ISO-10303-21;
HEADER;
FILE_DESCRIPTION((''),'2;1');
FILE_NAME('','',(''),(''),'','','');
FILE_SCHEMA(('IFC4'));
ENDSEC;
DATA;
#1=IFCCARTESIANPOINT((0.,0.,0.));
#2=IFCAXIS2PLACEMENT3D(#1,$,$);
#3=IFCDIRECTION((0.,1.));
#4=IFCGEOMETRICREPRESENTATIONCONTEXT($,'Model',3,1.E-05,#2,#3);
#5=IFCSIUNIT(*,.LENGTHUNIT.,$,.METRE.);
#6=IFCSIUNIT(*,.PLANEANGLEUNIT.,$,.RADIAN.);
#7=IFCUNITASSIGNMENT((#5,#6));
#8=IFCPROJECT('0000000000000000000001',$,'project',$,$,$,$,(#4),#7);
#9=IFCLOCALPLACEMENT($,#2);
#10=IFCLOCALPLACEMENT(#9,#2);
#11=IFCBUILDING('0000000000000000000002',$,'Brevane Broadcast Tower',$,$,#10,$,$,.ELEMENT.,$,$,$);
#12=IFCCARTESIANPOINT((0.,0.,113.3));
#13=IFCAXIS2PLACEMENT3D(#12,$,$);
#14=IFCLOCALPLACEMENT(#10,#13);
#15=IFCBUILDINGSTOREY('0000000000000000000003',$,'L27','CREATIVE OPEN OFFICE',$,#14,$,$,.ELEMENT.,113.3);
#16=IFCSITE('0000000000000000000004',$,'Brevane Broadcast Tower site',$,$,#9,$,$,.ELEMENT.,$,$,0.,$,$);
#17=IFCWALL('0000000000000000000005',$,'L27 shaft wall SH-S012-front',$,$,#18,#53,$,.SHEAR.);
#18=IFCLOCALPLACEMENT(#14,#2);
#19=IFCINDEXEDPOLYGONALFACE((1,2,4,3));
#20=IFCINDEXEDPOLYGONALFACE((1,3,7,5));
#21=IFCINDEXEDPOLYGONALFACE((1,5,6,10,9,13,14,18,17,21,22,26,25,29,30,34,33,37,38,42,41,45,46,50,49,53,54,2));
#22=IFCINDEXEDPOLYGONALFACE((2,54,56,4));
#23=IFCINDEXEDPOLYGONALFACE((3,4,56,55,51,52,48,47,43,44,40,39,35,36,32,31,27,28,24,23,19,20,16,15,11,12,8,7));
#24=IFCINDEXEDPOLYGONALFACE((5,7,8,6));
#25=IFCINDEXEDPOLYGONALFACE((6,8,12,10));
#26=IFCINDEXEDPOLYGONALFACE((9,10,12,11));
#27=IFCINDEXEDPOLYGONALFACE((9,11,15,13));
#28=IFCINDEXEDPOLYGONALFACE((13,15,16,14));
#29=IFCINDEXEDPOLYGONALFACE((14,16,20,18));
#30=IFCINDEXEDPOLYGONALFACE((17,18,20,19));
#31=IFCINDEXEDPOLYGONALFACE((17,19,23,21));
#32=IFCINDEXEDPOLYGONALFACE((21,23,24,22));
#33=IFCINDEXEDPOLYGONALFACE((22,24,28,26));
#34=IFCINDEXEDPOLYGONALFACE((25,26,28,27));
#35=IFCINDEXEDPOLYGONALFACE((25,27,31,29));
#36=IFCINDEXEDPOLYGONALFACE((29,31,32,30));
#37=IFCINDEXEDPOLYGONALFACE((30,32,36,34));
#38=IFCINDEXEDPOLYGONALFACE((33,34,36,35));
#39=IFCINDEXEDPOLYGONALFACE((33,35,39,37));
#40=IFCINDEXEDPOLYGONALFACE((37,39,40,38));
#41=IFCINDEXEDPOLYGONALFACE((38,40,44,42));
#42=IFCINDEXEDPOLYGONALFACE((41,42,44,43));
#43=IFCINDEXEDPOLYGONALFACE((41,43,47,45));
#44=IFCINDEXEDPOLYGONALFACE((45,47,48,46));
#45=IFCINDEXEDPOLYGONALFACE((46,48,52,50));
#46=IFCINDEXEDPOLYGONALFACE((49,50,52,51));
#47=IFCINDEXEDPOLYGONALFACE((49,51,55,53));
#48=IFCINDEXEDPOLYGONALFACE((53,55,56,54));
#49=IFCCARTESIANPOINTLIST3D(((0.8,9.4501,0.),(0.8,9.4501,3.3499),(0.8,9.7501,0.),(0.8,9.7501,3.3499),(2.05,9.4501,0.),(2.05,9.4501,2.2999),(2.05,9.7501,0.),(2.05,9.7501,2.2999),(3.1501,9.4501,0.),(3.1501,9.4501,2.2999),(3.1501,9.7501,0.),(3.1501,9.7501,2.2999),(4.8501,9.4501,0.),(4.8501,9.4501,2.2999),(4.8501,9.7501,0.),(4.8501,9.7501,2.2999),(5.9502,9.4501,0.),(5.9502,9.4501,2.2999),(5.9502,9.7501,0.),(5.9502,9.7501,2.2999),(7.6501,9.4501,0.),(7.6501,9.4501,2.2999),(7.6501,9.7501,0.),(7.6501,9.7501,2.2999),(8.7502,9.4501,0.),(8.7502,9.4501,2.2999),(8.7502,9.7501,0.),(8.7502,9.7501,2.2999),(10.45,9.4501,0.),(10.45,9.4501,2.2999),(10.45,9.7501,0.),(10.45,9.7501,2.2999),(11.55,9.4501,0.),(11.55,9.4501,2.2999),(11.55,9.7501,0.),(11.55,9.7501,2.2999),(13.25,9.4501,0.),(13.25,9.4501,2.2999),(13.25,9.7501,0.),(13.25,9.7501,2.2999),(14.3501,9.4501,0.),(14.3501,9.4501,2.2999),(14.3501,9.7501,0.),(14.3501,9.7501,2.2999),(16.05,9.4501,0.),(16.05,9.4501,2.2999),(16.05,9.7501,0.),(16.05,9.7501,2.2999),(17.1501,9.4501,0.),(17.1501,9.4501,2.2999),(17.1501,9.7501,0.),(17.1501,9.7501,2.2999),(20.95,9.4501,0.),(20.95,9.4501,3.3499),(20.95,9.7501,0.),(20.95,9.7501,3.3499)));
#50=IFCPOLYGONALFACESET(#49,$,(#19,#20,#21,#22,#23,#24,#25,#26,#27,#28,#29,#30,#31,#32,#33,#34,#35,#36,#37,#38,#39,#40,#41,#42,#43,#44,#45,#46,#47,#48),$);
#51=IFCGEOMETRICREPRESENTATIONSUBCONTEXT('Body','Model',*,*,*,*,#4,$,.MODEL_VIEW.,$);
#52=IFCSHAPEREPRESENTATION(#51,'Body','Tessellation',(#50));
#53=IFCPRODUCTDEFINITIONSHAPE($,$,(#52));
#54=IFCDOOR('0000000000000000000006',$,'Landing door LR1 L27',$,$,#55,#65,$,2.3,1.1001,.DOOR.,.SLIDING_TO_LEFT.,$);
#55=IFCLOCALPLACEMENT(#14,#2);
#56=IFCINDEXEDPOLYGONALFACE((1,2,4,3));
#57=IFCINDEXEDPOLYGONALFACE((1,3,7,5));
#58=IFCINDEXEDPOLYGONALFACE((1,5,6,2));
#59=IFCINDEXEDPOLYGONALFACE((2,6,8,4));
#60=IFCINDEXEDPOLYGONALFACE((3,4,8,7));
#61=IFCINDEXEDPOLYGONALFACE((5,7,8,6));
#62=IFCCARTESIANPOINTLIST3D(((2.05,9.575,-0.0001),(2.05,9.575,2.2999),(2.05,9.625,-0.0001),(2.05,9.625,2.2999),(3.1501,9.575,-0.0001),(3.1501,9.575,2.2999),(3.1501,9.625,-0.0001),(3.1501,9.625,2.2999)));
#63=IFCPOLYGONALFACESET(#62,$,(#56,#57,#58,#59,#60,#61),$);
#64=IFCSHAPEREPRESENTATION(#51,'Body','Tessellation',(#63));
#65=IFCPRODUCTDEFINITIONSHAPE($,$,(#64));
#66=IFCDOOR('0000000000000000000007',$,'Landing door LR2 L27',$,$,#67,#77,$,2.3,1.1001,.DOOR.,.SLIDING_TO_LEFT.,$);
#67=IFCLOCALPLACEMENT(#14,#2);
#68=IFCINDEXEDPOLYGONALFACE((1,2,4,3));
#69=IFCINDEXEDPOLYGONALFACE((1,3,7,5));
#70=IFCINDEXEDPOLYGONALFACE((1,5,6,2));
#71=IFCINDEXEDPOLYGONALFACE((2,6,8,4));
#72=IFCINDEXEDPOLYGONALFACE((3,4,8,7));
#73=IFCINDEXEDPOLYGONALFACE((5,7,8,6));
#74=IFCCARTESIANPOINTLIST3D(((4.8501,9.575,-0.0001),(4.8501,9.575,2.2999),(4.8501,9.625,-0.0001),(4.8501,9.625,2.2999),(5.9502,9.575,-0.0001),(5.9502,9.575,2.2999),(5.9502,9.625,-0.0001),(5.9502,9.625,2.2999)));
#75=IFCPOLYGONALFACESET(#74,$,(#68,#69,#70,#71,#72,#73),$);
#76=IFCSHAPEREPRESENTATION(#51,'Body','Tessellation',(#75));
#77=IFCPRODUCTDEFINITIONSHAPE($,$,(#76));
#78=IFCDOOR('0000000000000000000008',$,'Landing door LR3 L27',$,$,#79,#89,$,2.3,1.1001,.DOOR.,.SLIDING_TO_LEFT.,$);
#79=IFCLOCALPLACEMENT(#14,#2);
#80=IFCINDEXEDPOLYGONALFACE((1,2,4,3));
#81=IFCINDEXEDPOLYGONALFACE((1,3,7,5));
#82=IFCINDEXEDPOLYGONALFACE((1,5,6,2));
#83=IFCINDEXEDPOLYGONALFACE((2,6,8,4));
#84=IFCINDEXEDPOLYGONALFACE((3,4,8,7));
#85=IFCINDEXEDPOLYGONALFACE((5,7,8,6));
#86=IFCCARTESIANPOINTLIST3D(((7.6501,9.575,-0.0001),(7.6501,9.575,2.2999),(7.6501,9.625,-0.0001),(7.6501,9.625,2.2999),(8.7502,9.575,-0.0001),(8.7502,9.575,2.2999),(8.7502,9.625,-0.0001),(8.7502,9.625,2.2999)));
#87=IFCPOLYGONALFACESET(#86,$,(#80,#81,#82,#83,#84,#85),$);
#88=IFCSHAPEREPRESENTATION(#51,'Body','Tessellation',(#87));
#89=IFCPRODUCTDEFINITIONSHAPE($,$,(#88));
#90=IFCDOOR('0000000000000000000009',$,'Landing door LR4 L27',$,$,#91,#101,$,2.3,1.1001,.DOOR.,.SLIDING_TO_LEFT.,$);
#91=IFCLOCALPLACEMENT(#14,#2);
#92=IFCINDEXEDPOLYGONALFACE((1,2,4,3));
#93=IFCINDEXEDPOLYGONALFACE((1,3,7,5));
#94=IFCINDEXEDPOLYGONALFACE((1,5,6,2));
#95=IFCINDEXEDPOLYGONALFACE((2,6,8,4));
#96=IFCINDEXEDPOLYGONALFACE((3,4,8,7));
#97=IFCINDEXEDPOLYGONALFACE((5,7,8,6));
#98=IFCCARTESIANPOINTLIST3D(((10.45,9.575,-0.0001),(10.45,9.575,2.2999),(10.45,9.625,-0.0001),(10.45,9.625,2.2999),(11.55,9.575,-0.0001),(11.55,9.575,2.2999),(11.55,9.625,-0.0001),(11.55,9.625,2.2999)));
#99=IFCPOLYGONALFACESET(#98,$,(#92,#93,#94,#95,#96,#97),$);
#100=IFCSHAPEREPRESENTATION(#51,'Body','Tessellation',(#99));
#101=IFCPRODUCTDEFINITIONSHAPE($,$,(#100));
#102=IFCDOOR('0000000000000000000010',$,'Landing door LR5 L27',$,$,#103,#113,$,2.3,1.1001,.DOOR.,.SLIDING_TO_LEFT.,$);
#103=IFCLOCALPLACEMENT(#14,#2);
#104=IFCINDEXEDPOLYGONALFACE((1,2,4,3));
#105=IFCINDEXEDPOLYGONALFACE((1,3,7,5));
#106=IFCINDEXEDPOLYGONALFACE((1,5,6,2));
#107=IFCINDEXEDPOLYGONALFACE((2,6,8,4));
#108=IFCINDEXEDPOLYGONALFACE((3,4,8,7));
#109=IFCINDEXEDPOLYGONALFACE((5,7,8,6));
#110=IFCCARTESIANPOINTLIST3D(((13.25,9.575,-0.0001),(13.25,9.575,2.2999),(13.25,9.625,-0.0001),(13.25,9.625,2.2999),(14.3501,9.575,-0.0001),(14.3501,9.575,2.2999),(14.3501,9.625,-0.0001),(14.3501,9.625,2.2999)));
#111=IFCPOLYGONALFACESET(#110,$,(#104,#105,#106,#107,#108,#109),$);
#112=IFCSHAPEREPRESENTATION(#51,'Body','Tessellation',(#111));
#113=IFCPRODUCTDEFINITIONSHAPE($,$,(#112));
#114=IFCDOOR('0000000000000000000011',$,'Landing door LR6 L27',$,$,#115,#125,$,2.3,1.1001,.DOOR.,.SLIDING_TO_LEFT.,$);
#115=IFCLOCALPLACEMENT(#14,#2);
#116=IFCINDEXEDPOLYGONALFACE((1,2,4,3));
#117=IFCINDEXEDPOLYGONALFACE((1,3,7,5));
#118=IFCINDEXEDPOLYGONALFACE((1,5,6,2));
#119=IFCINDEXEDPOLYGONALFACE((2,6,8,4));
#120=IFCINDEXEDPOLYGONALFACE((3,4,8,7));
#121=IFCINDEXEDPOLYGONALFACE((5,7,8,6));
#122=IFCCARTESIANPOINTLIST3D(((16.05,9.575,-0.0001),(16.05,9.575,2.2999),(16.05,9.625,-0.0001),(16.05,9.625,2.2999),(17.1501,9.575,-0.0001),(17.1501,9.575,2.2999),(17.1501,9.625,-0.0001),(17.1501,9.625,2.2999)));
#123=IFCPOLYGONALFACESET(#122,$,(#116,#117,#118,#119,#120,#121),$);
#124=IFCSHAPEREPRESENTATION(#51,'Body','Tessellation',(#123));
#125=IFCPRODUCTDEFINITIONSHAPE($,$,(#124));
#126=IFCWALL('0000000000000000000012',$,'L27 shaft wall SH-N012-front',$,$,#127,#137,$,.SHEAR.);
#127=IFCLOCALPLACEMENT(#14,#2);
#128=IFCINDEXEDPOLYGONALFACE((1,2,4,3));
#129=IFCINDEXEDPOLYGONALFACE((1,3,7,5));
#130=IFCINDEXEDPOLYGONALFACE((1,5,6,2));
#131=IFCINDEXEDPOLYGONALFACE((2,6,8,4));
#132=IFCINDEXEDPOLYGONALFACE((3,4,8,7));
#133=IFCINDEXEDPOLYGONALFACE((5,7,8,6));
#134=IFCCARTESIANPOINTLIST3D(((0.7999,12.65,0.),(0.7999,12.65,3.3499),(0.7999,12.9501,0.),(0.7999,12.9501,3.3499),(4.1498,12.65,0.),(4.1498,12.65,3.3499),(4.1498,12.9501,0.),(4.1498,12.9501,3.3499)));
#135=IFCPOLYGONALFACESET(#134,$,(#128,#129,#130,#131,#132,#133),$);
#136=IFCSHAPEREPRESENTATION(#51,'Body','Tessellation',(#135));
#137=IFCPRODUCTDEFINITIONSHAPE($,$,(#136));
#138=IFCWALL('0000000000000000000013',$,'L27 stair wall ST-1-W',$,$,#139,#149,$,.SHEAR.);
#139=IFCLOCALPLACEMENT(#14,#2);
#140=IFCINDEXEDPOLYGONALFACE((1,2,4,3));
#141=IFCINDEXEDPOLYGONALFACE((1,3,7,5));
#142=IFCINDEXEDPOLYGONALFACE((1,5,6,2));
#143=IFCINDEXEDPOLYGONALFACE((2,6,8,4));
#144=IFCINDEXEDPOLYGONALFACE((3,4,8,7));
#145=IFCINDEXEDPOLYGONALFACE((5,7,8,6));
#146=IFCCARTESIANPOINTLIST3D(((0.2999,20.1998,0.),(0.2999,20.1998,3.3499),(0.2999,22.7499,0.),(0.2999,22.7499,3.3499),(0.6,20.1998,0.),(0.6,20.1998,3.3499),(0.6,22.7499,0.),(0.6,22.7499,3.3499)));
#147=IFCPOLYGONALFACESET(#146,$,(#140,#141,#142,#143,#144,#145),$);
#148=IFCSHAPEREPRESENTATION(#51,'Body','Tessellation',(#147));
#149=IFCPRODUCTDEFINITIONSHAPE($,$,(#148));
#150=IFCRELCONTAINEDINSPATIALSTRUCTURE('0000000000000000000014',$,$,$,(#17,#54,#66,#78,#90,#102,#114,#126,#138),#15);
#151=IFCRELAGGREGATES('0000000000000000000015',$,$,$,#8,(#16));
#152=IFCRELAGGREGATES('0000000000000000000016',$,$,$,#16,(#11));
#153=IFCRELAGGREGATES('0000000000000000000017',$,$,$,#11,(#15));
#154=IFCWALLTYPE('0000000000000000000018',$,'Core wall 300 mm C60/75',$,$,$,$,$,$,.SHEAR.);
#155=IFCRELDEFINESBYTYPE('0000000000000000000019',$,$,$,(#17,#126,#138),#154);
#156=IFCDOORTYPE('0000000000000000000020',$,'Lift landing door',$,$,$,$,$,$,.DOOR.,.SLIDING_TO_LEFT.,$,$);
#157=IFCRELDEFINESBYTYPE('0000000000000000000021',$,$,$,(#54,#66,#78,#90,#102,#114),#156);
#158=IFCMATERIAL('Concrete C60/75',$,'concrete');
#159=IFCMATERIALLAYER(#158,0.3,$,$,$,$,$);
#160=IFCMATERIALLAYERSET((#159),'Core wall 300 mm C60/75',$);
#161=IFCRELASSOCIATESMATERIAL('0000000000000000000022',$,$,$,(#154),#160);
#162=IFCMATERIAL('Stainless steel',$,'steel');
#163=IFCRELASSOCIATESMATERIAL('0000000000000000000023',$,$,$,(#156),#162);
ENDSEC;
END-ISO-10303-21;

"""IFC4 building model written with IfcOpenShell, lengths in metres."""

from ifc_helpers import new_model, si_unit, direction, frame, frame_2d, origin, place, context, subcontext, project, spatial, rectangle, extrude, material, layer, layer_set, type_object, element, fill, save


model = new_model("IFC4")

# Units and contexts
model_context = context("Model", 3, precision=1e-05, world=origin(), true_north=direction((0.0, 1.0)))
body_context = subcontext(model_context, "Body", "Model", "MODEL_VIEW")
ifc_project = project(units=[si_unit("LENGTHUNIT", "METRE"), si_unit("PLANEANGLEUNIT", "RADIAN")], contexts=[model_context])

# Site, building, storey
site_placement = place(None, origin())
site = spatial("IfcSite", under=ifc_project, at=site_placement, Name="Brevane Broadcast Tower site", CompositionType="ELEMENT", RefElevation=0.0)
building_placement = place(site_placement, origin())
building = spatial("IfcBuilding", under=site, at=building_placement, Name="Brevane Broadcast Tower", CompositionType="ELEMENT")
storey_placement = place(building_placement, frame((0.0, 0.0, 113.3)))
storey = spatial("IfcBuildingStorey", under=building, at=storey_placement, Name="L27", Description="CREATIVE OPEN OFFICE", CompositionType="ELEMENT", Elevation=113.3)

# Wall, openings, doors
ifc_material_1 = material(Name="Concrete C60/75", Category="concrete")
ifc_layer_1 = layer(ifc_material_1, 0.3)
ifc_layer_set_1 = layer_set([ifc_layer_1], Name="Core wall 300 mm C60/75")
wall_type_1 = type_object("IfcWallType", Name="Core wall 300 mm C60/75", PredefinedType="SHEAR", material=ifc_layer_set_1)
wall_1_placement = place(storey_placement, frame((0.8, 9.6001, 0.0), z_axis=(0.0, 0.0, 1.0), x_axis=(1.0, 0.0, 0.0)))
wall_1 = element("IfcWall", 1, at=wall_1_placement, inside=storey, type_object=wall_type_1, Name="L27 shaft wall SH-S012-front", PredefinedType="SHEAR", context=body_context, shape_type="SweptSolid", body=[
    extrude(rectangle(XDim=20.1499, YDim=0.3, at=frame_2d((10.075, 0.0))), origin(), (0.0, 0.0, 1.0), 3.3499),
])
opening_1_placement = place(wall_1_placement, frame((1.25, 0.0, 0.0)))
opening_1 = element("IfcOpeningElement", 2, at=opening_1_placement, cuts=wall_1, PredefinedType="OPENING", context=body_context, shape_type="SweptSolid", body=[
    extrude(rectangle(XDim=1.1001, YDim=2.3, at=frame_2d((0.55, 1.1499))), frame((0.0, 0.1599, 0.0), z_axis=(0.0, -1.0, 0.0), x_axis=(1.0, 0.0, 0.0)), (0.0, 0.0, 1.0), 0.3201),
])
opening_2_placement = place(wall_1_placement, frame((4.05, 0.0, 0.0)))
opening_2 = element("IfcOpeningElement", 3, at=opening_2_placement, cuts=wall_1, PredefinedType="OPENING", context=body_context, shape_type="SweptSolid", body=[
    extrude(rectangle(XDim=1.1001, YDim=2.3, at=frame_2d((0.55, 1.1499))), frame((0.0, 0.1599, 0.0), z_axis=(0.0, -1.0, 0.0), x_axis=(1.0, 0.0, 0.0)), (0.0, 0.0, 1.0), 0.3201),
])
opening_3_placement = place(wall_1_placement, frame((6.8501, 0.0, 0.0)))
opening_3 = element("IfcOpeningElement", 4, at=opening_3_placement, cuts=wall_1, PredefinedType="OPENING", context=body_context, shape_type="SweptSolid", body=[
    extrude(rectangle(XDim=1.1001, YDim=2.3, at=frame_2d((0.55, 1.1499))), frame((0.0, 0.1599, 0.0), z_axis=(0.0, -1.0, 0.0), x_axis=(1.0, 0.0, 0.0)), (0.0, 0.0, 1.0), 0.3201),
])
opening_4_placement = place(wall_1_placement, frame((9.6499, 0.0, 0.0)))
opening_4 = element("IfcOpeningElement", 5, at=opening_4_placement, cuts=wall_1, PredefinedType="OPENING", context=body_context, shape_type="SweptSolid", body=[
    extrude(rectangle(XDim=1.1001, YDim=2.3, at=frame_2d((0.55, 1.1499))), frame((0.0, 0.1599, 0.0), z_axis=(0.0, -1.0, 0.0), x_axis=(1.0, 0.0, 0.0)), (0.0, 0.0, 1.0), 0.3201),
])
opening_5_placement = place(wall_1_placement, frame((12.45, 0.0, 0.0)))
opening_5 = element("IfcOpeningElement", 6, at=opening_5_placement, cuts=wall_1, PredefinedType="OPENING", context=body_context, shape_type="SweptSolid", body=[
    extrude(rectangle(XDim=1.1001, YDim=2.3, at=frame_2d((0.55, 1.1499))), frame((0.0, 0.1599, 0.0), z_axis=(0.0, -1.0, 0.0), x_axis=(1.0, 0.0, 0.0)), (0.0, 0.0, 1.0), 0.3201),
])
opening_6_placement = place(wall_1_placement, frame((15.25, 0.0, 0.0)))
opening_6 = element("IfcOpeningElement", 7, at=opening_6_placement, cuts=wall_1, PredefinedType="OPENING", context=body_context, shape_type="SweptSolid", body=[
    extrude(rectangle(XDim=1.1001, YDim=2.3, at=frame_2d((0.55, 1.1499))), frame((0.0, 0.1599, 0.0), z_axis=(0.0, -1.0, 0.0), x_axis=(1.0, 0.0, 0.0)), (0.0, 0.0, 1.0), 0.3201),
])
ifc_material_2 = material(Name="Stainless steel", Category="steel")
door_type = type_object("IfcDoorType", Name="Lift landing door", OperationType="SLIDING_TO_LEFT", PredefinedType="DOOR", material=ifc_material_2)
door_1_placement = place(opening_1_placement, origin())
door_1 = element("IfcDoor", 8, at=door_1_placement, inside=storey, type_object=door_type, Name="Landing door LR1 L27", OperationType="SLIDING_TO_LEFT", OverallHeight=2.3, OverallWidth=1.1001, PredefinedType="DOOR", context=body_context, shape_type="SweptSolid", body=[
    extrude(rectangle(XDim=1.1001, YDim=2.3, at=frame_2d((0.55, 1.1499))), frame((0.0, 0.0249, 0.0), z_axis=(0.0, -1.0, 0.0), x_axis=(1.0, 0.0, 0.0)), (0.0, 0.0, 1.0), 0.05),
])
fill(opening_1, door_1)
door_2_placement = place(opening_2_placement, origin())
door_2 = element("IfcDoor", 9, at=door_2_placement, inside=storey, type_object=door_type, Name="Landing door LR2 L27", OperationType="SLIDING_TO_LEFT", OverallHeight=2.3, OverallWidth=1.1001, PredefinedType="DOOR", context=body_context, shape_type="SweptSolid", body=[
    extrude(rectangle(XDim=1.1001, YDim=2.3, at=frame_2d((0.55, 1.1499))), frame((0.0, 0.0249, 0.0), z_axis=(0.0, -1.0, 0.0), x_axis=(1.0, 0.0, 0.0)), (0.0, 0.0, 1.0), 0.05),
])
fill(opening_2, door_2)
door_3_placement = place(opening_3_placement, origin())
door_3 = element("IfcDoor", 10, at=door_3_placement, inside=storey, type_object=door_type, Name="Landing door LR3 L27", OperationType="SLIDING_TO_LEFT", OverallHeight=2.3, OverallWidth=1.1001, PredefinedType="DOOR", context=body_context, shape_type="SweptSolid", body=[
    extrude(rectangle(XDim=1.1001, YDim=2.3, at=frame_2d((0.55, 1.1499))), frame((0.0, 0.0249, 0.0), z_axis=(0.0, -1.0, 0.0), x_axis=(1.0, 0.0, 0.0)), (0.0, 0.0, 1.0), 0.05),
])
fill(opening_3, door_3)
door_4_placement = place(opening_4_placement, origin())
door_4 = element("IfcDoor", 11, at=door_4_placement, inside=storey, type_object=door_type, Name="Landing door LR4 L27", OperationType="SLIDING_TO_LEFT", OverallHeight=2.3, OverallWidth=1.1001, PredefinedType="DOOR", context=body_context, shape_type="SweptSolid", body=[
    extrude(rectangle(XDim=1.1001, YDim=2.3, at=frame_2d((0.55, 1.1499))), frame((0.0, 0.0249, 0.0), z_axis=(0.0, -1.0, 0.0), x_axis=(1.0, 0.0, 0.0)), (0.0, 0.0, 1.0), 0.05),
])
fill(opening_4, door_4)
door_5_placement = place(opening_5_placement, origin())
door_5 = element("IfcDoor", 12, at=door_5_placement, inside=storey, type_object=door_type, Name="Landing door LR5 L27", OperationType="SLIDING_TO_LEFT", OverallHeight=2.3, OverallWidth=1.1001, PredefinedType="DOOR", context=body_context, shape_type="SweptSolid", body=[
    extrude(rectangle(XDim=1.1001, YDim=2.3, at=frame_2d((0.55, 1.1499))), frame((0.0, 0.0249, 0.0), z_axis=(0.0, -1.0, 0.0), x_axis=(1.0, 0.0, 0.0)), (0.0, 0.0, 1.0), 0.05),
])
fill(opening_5, door_5)
door_6_placement = place(opening_6_placement, origin())
door_6 = element("IfcDoor", 13, at=door_6_placement, inside=storey, type_object=door_type, Name="Landing door LR6 L27", OperationType="SLIDING_TO_LEFT", OverallHeight=2.3, OverallWidth=1.1001, PredefinedType="DOOR", context=body_context, shape_type="SweptSolid", body=[
    extrude(rectangle(XDim=1.1001, YDim=2.3, at=frame_2d((0.55, 1.1499))), frame((0.0, 0.0249, 0.0), z_axis=(0.0, -1.0, 0.0), x_axis=(1.0, 0.0, 0.0)), (0.0, 0.0, 1.0), 0.05),
])
fill(opening_6, door_6)

# Walls
wall_2_placement = place(storey_placement, frame((0.8, 12.8, 0.0), z_axis=(0.0, 0.0, 1.0), x_axis=(1.0, 0.0, 0.0)))
element("IfcWall", 14, at=wall_2_placement, inside=storey, type_object=wall_type_1, Name="L27 shaft wall SH-N012-front", PredefinedType="SHEAR", context=body_context, shape_type="SweptSolid", body=[
    extrude(rectangle(XDim=3.3499, YDim=0.3, at=frame_2d((1.6748, 0.0))), origin(), (0.0, 0.0, 1.0), 3.3499),
])
wall_3_placement = place(storey_placement, frame((0.45, 20.2, 0.0), z_axis=(0.0, 0.0, 1.0), x_axis=(0.0, 1.0, 0.0)))
element("IfcWall", 15, at=wall_3_placement, inside=storey, type_object=wall_type_1, Name="L27 stair wall ST-1-W", PredefinedType="SHEAR", context=body_context, shape_type="SweptSolid", body=[
    extrude(rectangle(XDim=2.55, YDim=0.3, at=frame_2d((1.2749, 0.0))), origin(), (0.0, 0.0, 1.0), 3.3499),
])

save(model, "model.ifc")
